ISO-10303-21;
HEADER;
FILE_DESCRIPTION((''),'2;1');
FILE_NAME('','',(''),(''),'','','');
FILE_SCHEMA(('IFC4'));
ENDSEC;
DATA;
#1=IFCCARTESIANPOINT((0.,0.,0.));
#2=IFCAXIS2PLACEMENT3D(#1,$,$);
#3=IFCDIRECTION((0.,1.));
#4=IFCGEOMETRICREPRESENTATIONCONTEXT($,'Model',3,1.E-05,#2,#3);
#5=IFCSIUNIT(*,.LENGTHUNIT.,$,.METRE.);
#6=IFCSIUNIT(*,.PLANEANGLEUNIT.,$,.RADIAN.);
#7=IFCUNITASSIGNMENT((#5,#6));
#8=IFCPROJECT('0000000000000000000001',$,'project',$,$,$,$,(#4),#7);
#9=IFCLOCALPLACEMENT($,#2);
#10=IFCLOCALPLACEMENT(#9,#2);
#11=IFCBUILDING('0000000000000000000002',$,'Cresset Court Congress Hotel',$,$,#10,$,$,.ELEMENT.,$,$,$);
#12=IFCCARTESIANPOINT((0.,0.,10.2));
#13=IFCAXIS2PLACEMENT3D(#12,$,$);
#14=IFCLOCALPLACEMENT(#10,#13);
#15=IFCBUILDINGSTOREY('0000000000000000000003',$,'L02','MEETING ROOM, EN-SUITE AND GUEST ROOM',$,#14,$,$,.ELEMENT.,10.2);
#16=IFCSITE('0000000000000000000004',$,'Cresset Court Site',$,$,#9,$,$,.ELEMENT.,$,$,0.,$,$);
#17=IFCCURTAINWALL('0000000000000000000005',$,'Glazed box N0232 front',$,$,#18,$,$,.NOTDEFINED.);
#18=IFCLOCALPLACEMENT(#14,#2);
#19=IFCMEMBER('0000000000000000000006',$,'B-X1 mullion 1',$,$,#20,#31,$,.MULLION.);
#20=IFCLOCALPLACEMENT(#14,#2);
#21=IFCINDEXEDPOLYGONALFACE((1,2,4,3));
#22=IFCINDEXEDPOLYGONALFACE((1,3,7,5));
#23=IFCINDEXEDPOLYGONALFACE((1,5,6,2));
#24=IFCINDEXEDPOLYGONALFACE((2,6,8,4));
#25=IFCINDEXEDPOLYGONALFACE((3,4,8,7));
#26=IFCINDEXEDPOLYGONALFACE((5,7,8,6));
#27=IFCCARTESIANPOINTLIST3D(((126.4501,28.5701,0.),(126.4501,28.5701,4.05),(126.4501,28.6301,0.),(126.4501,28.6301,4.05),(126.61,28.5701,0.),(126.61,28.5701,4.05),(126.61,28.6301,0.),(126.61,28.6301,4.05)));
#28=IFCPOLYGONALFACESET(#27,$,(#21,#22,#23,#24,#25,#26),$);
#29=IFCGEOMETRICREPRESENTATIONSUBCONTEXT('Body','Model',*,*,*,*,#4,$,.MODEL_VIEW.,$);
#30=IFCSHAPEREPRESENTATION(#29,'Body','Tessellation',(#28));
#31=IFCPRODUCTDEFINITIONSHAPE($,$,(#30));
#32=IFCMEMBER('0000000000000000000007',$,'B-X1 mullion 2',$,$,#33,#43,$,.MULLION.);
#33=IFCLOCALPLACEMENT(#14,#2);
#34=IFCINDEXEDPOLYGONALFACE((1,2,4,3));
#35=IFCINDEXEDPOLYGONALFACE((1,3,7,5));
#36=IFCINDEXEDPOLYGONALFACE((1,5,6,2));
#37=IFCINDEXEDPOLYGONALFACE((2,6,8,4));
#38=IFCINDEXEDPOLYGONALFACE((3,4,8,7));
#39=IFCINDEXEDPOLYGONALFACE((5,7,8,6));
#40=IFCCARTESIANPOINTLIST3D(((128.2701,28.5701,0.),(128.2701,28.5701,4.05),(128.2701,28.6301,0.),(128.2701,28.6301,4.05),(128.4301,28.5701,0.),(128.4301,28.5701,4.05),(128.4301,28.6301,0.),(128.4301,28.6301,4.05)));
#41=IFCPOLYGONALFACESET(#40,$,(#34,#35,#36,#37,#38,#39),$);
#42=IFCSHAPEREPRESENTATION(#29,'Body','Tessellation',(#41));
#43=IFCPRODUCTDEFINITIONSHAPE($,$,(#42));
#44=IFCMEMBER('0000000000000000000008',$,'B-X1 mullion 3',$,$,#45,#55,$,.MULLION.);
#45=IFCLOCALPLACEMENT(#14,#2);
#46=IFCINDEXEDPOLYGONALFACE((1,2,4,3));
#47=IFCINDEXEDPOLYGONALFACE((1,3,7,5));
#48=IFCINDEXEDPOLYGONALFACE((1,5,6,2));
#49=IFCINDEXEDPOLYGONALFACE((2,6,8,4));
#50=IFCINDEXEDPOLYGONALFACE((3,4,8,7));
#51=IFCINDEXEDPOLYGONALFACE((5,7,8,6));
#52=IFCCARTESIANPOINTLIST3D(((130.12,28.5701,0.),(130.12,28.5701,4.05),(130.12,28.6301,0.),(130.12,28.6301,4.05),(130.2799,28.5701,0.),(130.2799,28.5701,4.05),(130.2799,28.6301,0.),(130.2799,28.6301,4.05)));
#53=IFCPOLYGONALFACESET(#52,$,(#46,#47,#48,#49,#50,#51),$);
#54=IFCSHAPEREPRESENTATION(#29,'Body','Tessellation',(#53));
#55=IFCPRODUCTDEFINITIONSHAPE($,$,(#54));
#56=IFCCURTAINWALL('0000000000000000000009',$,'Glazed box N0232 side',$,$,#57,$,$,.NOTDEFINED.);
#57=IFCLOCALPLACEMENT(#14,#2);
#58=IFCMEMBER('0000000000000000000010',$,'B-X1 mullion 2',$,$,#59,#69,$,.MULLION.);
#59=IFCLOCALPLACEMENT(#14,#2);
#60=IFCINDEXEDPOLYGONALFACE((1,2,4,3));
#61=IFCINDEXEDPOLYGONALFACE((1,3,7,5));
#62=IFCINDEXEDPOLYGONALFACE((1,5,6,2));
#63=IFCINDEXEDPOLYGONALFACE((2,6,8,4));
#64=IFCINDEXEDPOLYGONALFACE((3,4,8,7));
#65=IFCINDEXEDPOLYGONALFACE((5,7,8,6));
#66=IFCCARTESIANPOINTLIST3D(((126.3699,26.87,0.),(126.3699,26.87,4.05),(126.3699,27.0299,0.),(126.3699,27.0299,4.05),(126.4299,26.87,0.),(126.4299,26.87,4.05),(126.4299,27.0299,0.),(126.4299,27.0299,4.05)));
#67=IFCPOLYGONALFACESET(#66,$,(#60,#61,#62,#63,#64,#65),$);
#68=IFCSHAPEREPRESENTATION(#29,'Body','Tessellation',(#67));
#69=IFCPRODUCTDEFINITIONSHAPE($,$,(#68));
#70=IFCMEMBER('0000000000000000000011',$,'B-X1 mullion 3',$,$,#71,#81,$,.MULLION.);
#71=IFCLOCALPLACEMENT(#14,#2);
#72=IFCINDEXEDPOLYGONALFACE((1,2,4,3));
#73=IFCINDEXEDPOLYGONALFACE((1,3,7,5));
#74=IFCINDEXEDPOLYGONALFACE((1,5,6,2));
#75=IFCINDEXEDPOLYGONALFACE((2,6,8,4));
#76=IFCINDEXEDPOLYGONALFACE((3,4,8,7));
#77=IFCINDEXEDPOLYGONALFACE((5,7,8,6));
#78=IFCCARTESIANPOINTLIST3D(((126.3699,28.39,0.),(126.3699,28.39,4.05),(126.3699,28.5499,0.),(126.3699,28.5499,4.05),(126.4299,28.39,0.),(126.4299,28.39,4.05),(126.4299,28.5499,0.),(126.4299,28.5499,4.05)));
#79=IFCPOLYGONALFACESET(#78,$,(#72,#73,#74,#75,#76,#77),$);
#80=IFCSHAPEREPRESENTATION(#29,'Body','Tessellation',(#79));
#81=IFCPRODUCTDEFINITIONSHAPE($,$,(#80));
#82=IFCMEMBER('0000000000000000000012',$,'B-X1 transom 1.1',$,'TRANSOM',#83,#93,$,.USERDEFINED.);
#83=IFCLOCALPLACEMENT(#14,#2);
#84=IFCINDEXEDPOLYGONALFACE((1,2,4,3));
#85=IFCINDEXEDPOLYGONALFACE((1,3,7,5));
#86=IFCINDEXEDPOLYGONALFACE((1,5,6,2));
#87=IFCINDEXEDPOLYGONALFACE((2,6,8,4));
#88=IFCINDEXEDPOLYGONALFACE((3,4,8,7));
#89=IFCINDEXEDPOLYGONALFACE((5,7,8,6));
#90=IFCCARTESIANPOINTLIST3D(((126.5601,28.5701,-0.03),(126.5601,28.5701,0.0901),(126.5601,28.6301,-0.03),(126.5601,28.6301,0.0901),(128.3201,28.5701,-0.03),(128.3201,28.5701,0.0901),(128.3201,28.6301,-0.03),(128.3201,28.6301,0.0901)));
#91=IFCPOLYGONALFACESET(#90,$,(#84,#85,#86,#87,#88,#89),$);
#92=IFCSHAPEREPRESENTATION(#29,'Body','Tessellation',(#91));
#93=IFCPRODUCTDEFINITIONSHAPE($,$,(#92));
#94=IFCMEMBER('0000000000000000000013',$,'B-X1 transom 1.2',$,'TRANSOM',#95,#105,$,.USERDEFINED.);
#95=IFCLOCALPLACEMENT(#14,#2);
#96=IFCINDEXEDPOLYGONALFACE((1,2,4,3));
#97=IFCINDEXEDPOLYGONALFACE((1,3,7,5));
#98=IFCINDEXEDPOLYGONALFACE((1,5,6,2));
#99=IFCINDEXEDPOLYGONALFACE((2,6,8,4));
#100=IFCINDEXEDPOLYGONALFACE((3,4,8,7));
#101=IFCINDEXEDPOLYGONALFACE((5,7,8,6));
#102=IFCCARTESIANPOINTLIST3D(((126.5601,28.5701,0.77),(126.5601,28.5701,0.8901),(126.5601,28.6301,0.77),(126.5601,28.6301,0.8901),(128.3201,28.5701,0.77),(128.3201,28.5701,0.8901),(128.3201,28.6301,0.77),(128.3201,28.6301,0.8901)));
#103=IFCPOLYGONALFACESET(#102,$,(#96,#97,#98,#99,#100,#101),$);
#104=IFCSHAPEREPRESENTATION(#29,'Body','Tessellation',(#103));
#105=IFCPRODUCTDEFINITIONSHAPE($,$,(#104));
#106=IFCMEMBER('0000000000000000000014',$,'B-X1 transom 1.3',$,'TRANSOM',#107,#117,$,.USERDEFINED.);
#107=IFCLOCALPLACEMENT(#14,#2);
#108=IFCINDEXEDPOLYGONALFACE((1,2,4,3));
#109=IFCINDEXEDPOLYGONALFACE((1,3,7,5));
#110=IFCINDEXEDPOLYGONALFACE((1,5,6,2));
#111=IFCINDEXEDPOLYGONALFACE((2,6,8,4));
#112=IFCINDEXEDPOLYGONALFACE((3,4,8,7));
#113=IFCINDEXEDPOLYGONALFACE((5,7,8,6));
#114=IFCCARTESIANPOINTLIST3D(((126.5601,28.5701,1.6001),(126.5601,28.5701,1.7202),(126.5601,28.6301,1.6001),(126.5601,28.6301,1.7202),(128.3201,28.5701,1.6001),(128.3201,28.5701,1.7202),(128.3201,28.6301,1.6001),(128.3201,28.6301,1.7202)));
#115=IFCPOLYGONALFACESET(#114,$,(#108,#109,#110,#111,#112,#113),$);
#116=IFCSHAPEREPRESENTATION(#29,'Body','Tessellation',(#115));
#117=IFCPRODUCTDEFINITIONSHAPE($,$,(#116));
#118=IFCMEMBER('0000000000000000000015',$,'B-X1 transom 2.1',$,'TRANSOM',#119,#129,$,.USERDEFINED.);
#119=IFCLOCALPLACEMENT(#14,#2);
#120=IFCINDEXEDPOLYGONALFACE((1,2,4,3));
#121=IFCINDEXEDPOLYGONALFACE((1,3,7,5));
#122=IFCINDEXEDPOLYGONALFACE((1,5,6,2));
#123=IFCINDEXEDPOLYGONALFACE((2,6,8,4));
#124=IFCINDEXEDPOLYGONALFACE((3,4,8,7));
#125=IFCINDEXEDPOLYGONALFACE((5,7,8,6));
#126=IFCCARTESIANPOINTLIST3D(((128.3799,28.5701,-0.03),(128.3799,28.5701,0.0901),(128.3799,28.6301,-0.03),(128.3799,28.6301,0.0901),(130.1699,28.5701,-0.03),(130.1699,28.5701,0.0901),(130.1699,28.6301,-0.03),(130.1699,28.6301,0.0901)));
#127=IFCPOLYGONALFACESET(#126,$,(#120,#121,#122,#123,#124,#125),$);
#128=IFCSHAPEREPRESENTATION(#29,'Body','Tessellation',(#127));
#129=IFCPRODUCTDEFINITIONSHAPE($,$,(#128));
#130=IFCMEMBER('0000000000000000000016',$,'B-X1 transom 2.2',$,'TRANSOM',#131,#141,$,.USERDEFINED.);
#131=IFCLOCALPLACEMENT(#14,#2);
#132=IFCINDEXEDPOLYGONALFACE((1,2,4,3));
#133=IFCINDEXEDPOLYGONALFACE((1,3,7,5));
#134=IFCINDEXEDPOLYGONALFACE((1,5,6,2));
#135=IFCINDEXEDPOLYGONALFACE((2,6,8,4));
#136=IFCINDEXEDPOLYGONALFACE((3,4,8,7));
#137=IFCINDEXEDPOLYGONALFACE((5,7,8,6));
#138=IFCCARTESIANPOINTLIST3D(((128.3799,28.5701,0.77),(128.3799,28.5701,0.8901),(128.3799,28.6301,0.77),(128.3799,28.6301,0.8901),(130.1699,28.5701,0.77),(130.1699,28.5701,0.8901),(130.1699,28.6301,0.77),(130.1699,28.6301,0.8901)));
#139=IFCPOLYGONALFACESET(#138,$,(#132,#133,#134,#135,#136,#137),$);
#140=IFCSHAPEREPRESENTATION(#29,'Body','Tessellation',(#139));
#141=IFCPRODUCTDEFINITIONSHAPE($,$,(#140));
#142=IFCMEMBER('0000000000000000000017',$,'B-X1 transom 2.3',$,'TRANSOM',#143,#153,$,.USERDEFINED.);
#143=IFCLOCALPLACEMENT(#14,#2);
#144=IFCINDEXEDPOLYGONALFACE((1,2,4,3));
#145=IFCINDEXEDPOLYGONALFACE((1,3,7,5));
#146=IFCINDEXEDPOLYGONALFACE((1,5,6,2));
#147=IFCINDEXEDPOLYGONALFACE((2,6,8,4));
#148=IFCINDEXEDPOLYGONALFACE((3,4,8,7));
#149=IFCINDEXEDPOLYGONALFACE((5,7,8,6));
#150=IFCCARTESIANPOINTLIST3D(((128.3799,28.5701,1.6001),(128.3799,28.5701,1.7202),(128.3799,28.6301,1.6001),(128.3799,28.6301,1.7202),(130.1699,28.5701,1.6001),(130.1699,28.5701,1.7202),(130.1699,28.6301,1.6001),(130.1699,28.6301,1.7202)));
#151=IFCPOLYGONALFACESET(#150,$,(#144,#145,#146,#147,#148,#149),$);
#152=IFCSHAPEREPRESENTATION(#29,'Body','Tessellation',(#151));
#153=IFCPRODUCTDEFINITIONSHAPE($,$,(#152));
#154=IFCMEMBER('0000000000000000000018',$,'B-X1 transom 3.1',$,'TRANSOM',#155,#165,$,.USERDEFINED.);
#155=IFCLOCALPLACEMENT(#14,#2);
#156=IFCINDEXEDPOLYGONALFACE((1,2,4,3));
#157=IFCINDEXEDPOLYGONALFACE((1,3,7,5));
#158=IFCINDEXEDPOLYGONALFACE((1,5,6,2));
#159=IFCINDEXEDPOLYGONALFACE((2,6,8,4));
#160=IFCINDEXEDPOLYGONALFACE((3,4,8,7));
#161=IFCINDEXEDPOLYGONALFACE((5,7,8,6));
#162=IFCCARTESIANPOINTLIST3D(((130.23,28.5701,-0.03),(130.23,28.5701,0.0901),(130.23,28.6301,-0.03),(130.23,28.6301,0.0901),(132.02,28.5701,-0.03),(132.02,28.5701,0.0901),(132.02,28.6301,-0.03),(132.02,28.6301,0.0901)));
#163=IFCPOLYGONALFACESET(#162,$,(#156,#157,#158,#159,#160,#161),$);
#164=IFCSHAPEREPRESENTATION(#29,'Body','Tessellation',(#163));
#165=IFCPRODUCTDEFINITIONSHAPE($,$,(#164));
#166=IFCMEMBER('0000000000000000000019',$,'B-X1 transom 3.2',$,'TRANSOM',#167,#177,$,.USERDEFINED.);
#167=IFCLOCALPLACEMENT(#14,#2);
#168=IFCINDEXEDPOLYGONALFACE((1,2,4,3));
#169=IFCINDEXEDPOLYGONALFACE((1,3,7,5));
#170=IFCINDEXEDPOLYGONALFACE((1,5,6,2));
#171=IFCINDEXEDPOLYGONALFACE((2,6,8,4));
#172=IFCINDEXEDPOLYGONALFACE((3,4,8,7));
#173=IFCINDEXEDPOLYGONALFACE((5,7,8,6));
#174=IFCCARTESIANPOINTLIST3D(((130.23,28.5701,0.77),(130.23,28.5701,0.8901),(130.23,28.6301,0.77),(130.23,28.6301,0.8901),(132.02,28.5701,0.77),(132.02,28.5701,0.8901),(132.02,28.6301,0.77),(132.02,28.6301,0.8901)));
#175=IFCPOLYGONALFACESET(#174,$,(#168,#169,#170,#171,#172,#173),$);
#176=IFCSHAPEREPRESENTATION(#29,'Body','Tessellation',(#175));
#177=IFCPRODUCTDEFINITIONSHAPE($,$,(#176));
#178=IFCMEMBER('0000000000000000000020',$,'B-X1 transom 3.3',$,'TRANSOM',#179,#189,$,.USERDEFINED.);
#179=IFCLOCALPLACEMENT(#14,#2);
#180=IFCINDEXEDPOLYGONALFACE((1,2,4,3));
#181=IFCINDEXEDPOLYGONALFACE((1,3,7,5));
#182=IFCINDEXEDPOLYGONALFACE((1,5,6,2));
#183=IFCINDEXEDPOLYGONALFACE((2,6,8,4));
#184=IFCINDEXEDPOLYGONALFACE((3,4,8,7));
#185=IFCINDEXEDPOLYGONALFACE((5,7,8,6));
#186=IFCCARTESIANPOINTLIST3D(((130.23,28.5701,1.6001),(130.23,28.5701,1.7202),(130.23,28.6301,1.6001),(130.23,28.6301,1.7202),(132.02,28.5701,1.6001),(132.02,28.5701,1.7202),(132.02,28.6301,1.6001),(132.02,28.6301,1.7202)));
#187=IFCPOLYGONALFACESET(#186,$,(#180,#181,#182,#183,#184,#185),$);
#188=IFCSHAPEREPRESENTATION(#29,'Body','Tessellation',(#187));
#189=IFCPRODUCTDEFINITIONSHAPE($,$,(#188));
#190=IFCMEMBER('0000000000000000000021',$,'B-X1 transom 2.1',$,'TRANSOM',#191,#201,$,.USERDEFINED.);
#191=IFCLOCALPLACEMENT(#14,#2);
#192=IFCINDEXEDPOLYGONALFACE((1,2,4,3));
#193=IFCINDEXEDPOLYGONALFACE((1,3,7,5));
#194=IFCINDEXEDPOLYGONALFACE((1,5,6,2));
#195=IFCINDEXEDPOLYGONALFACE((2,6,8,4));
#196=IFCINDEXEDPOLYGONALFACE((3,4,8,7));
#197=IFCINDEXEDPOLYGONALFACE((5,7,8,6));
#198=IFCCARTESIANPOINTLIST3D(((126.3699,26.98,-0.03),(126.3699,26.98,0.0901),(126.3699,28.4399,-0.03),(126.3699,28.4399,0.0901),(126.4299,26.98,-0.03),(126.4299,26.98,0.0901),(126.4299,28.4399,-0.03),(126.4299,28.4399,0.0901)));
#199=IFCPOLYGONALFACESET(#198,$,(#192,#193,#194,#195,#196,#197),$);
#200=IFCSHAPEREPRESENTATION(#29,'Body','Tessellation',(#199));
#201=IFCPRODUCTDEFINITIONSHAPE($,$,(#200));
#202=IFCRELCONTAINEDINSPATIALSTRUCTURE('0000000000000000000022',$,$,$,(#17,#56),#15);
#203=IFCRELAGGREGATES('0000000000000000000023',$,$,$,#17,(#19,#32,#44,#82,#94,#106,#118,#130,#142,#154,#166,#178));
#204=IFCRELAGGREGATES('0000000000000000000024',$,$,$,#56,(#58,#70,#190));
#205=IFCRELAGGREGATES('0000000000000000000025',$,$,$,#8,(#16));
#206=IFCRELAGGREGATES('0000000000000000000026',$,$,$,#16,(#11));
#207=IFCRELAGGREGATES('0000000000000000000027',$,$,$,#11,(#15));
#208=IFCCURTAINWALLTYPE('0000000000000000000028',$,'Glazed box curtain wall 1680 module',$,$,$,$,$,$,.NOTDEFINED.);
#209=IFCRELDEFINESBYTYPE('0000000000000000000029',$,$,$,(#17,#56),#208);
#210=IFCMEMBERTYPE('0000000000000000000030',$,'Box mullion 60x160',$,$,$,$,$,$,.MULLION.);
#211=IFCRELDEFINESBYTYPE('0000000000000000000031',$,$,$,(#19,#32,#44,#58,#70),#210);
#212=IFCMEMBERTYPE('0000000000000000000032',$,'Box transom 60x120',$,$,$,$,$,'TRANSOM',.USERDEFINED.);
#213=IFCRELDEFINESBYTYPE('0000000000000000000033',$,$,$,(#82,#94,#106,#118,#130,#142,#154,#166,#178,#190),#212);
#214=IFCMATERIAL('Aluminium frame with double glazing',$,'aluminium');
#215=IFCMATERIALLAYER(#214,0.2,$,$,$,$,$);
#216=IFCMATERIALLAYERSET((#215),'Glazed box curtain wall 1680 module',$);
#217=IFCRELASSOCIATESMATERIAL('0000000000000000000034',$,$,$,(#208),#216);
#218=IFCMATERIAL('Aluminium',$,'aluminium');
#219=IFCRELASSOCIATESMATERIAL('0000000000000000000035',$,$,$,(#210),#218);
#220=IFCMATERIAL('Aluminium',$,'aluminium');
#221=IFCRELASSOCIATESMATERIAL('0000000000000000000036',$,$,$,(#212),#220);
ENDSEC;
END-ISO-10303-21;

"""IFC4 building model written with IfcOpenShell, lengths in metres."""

from ifc_helpers import new_model, si_unit, direction, frame, origin, origin_2d, place, context, subcontext, project, spatial, rectangle, extrude, material, layer, layer_set, material_profile, profile_set, type_object, element, aggregate, save


model = new_model("IFC4")

# Units and contexts
model_context = context("Model", 3, precision=1e-05, world=origin(), true_north=direction((0.0, 1.0)))
body_context = subcontext(model_context, "Body", "Model", "MODEL_VIEW")
ifc_project = project(units=[si_unit("LENGTHUNIT", "METRE"), si_unit("PLANEANGLEUNIT", "RADIAN")], contexts=[model_context])

# Site, building, storey
site_placement = place(None, origin())
site = spatial("IfcSite", under=ifc_project, at=site_placement, Name="Cresset Court Site", CompositionType="ELEMENT", RefElevation=0.0)
building_placement = place(site_placement, origin())
building = spatial("IfcBuilding", under=site, at=building_placement, Name="Cresset Court Congress Hotel", CompositionType="ELEMENT")
storey_placement = place(building_placement, frame((0.0, 0.0, 10.2)))
storey = spatial("IfcBuildingStorey", under=building, at=storey_placement, Name="L02", Description="MEETING ROOM, EN-SUITE AND GUEST ROOM", CompositionType="ELEMENT", Elevation=10.2)

# Curtain walls, members
ifc_material_1 = material(Name="Aluminium frame with double glazing", Category="aluminium")
ifc_layer_1 = layer(ifc_material_1, 0.2)
ifc_layer_set_1 = layer_set([ifc_layer_1], Name="Glazed box curtain wall 1680 module")
curtain_wall_type = type_object("IfcCurtainWallType", Name="Glazed box curtain wall 1680 module", PredefinedType="NOTDEFINED", material=ifc_layer_set_1)
curtain_wall_1_placement = place(storey_placement, origin())
curtain_wall_1 = element("IfcCurtainWall", 1, at=curtain_wall_1_placement, inside=storey, type_object=curtain_wall_type, Name="Glazed box N0232 front", PredefinedType="NOTDEFINED")
ifc_material_2 = material(Name="Aluminium", Category="aluminium")
ifc_material_profile_1 = material_profile(ifc_material_2, rectangle(XDim=0.0601, YDim=0.1599, at=origin_2d()), Name="Box mullion 60x160")
ifc_profile_set_1 = profile_set([ifc_material_profile_1], Name="Aluminium")
member_type_1 = type_object("IfcMemberType", Name="Box mullion 60x160", PredefinedType="MULLION", material=ifc_profile_set_1)
member_1_placement = place(storey_placement, frame((126.53, 28.6001, 0.0), z_axis=(0.0, 0.0, 1.0), x_axis=(0.0, 1.0, 0.0)))
member_1 = element("IfcMember", 2, at=member_1_placement, type_object=member_type_1, Name="B-X1 mullion 1", PredefinedType="MULLION", context=body_context, shape_type="SweptSolid", body=[
    extrude(rectangle(XDim=0.0601, YDim=0.1599, at=origin_2d()), origin(), (0.0, 0.0, 1.0), 4.05),
])
member_2_placement = place(storey_placement, frame((128.3501, 28.6001, 0.0), z_axis=(0.0, 0.0, 1.0), x_axis=(0.0, 1.0, 0.0)))
member_2 = element("IfcMember", 3, at=member_2_placement, type_object=member_type_1, Name="B-X1 mullion 2", PredefinedType="MULLION", context=body_context, shape_type="SweptSolid", body=[
    extrude(rectangle(XDim=0.0601, YDim=0.1599, at=origin_2d()), origin(), (0.0, 0.0, 1.0), 4.05),
])
member_3_placement = place(storey_placement, frame((130.2, 28.6001, 0.0), z_axis=(0.0, 0.0, 1.0), x_axis=(0.0, 1.0, 0.0)))
member_3 = element("IfcMember", 4, at=member_3_placement, type_object=member_type_1, Name="B-X1 mullion 3", PredefinedType="MULLION", context=body_context, shape_type="SweptSolid", body=[
    extrude(rectangle(XDim=0.0601, YDim=0.1599, at=origin_2d()), origin(), (0.0, 0.0, 1.0), 4.05),
])
curtain_wall_2_placement = place(storey_placement, origin())
curtain_wall_2 = element("IfcCurtainWall", 5, at=curtain_wall_2_placement, inside=storey, type_object=curtain_wall_type, Name="Glazed box N0232 side", PredefinedType="NOTDEFINED")
member_4_placement = place(storey_placement, frame((126.3999, 26.95, 0.0), z_axis=(0.0, 0.0, 1.0), x_axis=(-1.0, 0.0, 0.0)))
member_4 = element("IfcMember", 6, at=member_4_placement, type_object=member_type_1, Name="B-X1 mullion 2", PredefinedType="MULLION", context=body_context, shape_type="SweptSolid", body=[
    extrude(rectangle(XDim=0.0601, YDim=0.1599, at=origin_2d()), origin(), (0.0, 0.0, 1.0), 4.05),
])
member_5_placement = place(storey_placement, frame((126.3999, 28.47, 0.0), z_axis=(0.0, 0.0, 1.0), x_axis=(-1.0, 0.0, 0.0)))
member_5 = element("IfcMember", 7, at=member_5_placement, type_object=member_type_1, Name="B-X1 mullion 3", PredefinedType="MULLION", context=body_context, shape_type="SweptSolid", body=[
    extrude(rectangle(XDim=0.0601, YDim=0.1599, at=origin_2d()), origin(), (0.0, 0.0, 1.0), 4.05),
])

# Members
ifc_material_3 = material(Name="Aluminium", Category="aluminium")
ifc_material_profile_2 = material_profile(ifc_material_3, rectangle(XDim=0.0601, YDim=0.1201, at=origin_2d()), Name="Box transom 60x120")
ifc_profile_set_2 = profile_set([ifc_material_profile_2], Name="Aluminium")
member_type_2 = type_object("IfcMemberType", Name="Box transom 60x120", ElementType="TRANSOM", PredefinedType="USERDEFINED", material=ifc_profile_set_2)
member_6_placement = place(storey_placement, frame((126.5601, 28.6001, 0.03), z_axis=(1.0, 0.0, 0.0), x_axis=(0.0, 1.0, 0.0)))
member_6 = element("IfcMember", 8, at=member_6_placement, type_object=member_type_2, Name="B-X1 transom 1.1", ObjectType="TRANSOM", PredefinedType="USERDEFINED", context=body_context, shape_type="SweptSolid", body=[
    extrude(rectangle(XDim=0.0601, YDim=0.1201, at=origin_2d()), origin(), (0.0, 0.0, 1.0), 1.76),
])
member_7_placement = place(storey_placement, frame((126.5601, 28.6001, 0.8301), z_axis=(1.0, 0.0, 0.0), x_axis=(0.0, 1.0, 0.0)))
member_7 = element("IfcMember", 9, at=member_7_placement, type_object=member_type_2, Name="B-X1 transom 1.2", ObjectType="TRANSOM", PredefinedType="USERDEFINED", context=body_context, shape_type="SweptSolid", body=[
    extrude(rectangle(XDim=0.0601, YDim=0.1201, at=origin_2d()), origin(), (0.0, 0.0, 1.0), 1.76),
])
member_8_placement = place(storey_placement, frame((126.5601, 28.6001, 1.6602), z_axis=(1.0, 0.0, 0.0), x_axis=(0.0, 1.0, 0.0)))
member_8 = element("IfcMember", 10, at=member_8_placement, type_object=member_type_2, Name="B-X1 transom 1.3", ObjectType="TRANSOM", PredefinedType="USERDEFINED", context=body_context, shape_type="SweptSolid", body=[
    extrude(rectangle(XDim=0.0601, YDim=0.1201, at=origin_2d()), origin(), (0.0, 0.0, 1.0), 1.76),
])
member_9_placement = place(storey_placement, frame((128.3799, 28.6001, 0.03), z_axis=(1.0, 0.0, 0.0), x_axis=(0.0, 1.0, 0.0)))
member_9 = element("IfcMember", 11, at=member_9_placement, type_object=member_type_2, Name="B-X1 transom 2.1", ObjectType="TRANSOM", PredefinedType="USERDEFINED", context=body_context, shape_type="SweptSolid", body=[
    extrude(rectangle(XDim=0.0601, YDim=0.1201, at=origin_2d()), origin(), (0.0, 0.0, 1.0), 1.79),
])
member_10_placement = place(storey_placement, frame((128.3799, 28.6001, 0.8301), z_axis=(1.0, 0.0, 0.0), x_axis=(0.0, 1.0, 0.0)))
member_10 = element("IfcMember", 12, at=member_10_placement, type_object=member_type_2, Name="B-X1 transom 2.2", ObjectType="TRANSOM", PredefinedType="USERDEFINED", context=body_context, shape_type="SweptSolid", body=[
    extrude(rectangle(XDim=0.0601, YDim=0.1201, at=origin_2d()), origin(), (0.0, 0.0, 1.0), 1.79),
])
member_11_placement = place(storey_placement, frame((128.3799, 28.6001, 1.6602), z_axis=(1.0, 0.0, 0.0), x_axis=(0.0, 1.0, 0.0)))
member_11 = element("IfcMember", 13, at=member_11_placement, type_object=member_type_2, Name="B-X1 transom 2.3", ObjectType="TRANSOM", PredefinedType="USERDEFINED", context=body_context, shape_type="SweptSolid", body=[
    extrude(rectangle(XDim=0.0601, YDim=0.1201, at=origin_2d()), origin(), (0.0, 0.0, 1.0), 1.79),
])
member_12_placement = place(storey_placement, frame((130.23, 28.6001, 0.03), z_axis=(1.0, 0.0, 0.0), x_axis=(0.0, 1.0, 0.0)))
member_12 = element("IfcMember", 14, at=member_12_placement, type_object=member_type_2, Name="B-X1 transom 3.1", ObjectType="TRANSOM", PredefinedType="USERDEFINED", context=body_context, shape_type="SweptSolid", body=[
    extrude(rectangle(XDim=0.0601, YDim=0.1201, at=origin_2d()), origin(), (0.0, 0.0, 1.0), 1.79),
])
member_13_placement = place(storey_placement, frame((130.23, 28.6001, 0.8301), z_axis=(1.0, 0.0, 0.0), x_axis=(0.0, 1.0, 0.0)))
member_13 = element("IfcMember", 15, at=member_13_placement, type_object=member_type_2, Name="B-X1 transom 3.2", ObjectType="TRANSOM", PredefinedType="USERDEFINED", context=body_context, shape_type="SweptSolid", body=[
    extrude(rectangle(XDim=0.0601, YDim=0.1201, at=origin_2d()), origin(), (0.0, 0.0, 1.0), 1.79),
])
member_14_placement = place(storey_placement, frame((130.23, 28.6001, 1.6602), z_axis=(1.0, 0.0, 0.0), x_axis=(0.0, 1.0, 0.0)))
member_14 = element("IfcMember", 16, at=member_14_placement, type_object=member_type_2, Name="B-X1 transom 3.3", ObjectType="TRANSOM", PredefinedType="USERDEFINED", context=body_context, shape_type="SweptSolid", body=[
    extrude(rectangle(XDim=0.0601, YDim=0.1201, at=origin_2d()), origin(), (0.0, 0.0, 1.0), 1.79),
])
member_15_placement = place(storey_placement, frame((126.3999, 26.98, 0.03), z_axis=(0.0, 1.0, 0.0), x_axis=(-1.0, 0.0, 0.0)))
member_15 = element("IfcMember", 17, at=member_15_placement, type_object=member_type_2, Name="B-X1 transom 2.1", ObjectType="TRANSOM", PredefinedType="USERDEFINED", context=body_context, shape_type="SweptSolid", body=[
    extrude(rectangle(XDim=0.0601, YDim=0.1201, at=origin_2d()), origin(), (0.0, 0.0, 1.0), 1.46),
])

aggregate(curtain_wall_1, [member_1, member_2, member_3, member_6, member_7, member_8, member_9, member_10, member_11, member_12, member_13, member_14])
aggregate(curtain_wall_2, [member_4, member_5, member_15])

save(model, "model.ifc")
